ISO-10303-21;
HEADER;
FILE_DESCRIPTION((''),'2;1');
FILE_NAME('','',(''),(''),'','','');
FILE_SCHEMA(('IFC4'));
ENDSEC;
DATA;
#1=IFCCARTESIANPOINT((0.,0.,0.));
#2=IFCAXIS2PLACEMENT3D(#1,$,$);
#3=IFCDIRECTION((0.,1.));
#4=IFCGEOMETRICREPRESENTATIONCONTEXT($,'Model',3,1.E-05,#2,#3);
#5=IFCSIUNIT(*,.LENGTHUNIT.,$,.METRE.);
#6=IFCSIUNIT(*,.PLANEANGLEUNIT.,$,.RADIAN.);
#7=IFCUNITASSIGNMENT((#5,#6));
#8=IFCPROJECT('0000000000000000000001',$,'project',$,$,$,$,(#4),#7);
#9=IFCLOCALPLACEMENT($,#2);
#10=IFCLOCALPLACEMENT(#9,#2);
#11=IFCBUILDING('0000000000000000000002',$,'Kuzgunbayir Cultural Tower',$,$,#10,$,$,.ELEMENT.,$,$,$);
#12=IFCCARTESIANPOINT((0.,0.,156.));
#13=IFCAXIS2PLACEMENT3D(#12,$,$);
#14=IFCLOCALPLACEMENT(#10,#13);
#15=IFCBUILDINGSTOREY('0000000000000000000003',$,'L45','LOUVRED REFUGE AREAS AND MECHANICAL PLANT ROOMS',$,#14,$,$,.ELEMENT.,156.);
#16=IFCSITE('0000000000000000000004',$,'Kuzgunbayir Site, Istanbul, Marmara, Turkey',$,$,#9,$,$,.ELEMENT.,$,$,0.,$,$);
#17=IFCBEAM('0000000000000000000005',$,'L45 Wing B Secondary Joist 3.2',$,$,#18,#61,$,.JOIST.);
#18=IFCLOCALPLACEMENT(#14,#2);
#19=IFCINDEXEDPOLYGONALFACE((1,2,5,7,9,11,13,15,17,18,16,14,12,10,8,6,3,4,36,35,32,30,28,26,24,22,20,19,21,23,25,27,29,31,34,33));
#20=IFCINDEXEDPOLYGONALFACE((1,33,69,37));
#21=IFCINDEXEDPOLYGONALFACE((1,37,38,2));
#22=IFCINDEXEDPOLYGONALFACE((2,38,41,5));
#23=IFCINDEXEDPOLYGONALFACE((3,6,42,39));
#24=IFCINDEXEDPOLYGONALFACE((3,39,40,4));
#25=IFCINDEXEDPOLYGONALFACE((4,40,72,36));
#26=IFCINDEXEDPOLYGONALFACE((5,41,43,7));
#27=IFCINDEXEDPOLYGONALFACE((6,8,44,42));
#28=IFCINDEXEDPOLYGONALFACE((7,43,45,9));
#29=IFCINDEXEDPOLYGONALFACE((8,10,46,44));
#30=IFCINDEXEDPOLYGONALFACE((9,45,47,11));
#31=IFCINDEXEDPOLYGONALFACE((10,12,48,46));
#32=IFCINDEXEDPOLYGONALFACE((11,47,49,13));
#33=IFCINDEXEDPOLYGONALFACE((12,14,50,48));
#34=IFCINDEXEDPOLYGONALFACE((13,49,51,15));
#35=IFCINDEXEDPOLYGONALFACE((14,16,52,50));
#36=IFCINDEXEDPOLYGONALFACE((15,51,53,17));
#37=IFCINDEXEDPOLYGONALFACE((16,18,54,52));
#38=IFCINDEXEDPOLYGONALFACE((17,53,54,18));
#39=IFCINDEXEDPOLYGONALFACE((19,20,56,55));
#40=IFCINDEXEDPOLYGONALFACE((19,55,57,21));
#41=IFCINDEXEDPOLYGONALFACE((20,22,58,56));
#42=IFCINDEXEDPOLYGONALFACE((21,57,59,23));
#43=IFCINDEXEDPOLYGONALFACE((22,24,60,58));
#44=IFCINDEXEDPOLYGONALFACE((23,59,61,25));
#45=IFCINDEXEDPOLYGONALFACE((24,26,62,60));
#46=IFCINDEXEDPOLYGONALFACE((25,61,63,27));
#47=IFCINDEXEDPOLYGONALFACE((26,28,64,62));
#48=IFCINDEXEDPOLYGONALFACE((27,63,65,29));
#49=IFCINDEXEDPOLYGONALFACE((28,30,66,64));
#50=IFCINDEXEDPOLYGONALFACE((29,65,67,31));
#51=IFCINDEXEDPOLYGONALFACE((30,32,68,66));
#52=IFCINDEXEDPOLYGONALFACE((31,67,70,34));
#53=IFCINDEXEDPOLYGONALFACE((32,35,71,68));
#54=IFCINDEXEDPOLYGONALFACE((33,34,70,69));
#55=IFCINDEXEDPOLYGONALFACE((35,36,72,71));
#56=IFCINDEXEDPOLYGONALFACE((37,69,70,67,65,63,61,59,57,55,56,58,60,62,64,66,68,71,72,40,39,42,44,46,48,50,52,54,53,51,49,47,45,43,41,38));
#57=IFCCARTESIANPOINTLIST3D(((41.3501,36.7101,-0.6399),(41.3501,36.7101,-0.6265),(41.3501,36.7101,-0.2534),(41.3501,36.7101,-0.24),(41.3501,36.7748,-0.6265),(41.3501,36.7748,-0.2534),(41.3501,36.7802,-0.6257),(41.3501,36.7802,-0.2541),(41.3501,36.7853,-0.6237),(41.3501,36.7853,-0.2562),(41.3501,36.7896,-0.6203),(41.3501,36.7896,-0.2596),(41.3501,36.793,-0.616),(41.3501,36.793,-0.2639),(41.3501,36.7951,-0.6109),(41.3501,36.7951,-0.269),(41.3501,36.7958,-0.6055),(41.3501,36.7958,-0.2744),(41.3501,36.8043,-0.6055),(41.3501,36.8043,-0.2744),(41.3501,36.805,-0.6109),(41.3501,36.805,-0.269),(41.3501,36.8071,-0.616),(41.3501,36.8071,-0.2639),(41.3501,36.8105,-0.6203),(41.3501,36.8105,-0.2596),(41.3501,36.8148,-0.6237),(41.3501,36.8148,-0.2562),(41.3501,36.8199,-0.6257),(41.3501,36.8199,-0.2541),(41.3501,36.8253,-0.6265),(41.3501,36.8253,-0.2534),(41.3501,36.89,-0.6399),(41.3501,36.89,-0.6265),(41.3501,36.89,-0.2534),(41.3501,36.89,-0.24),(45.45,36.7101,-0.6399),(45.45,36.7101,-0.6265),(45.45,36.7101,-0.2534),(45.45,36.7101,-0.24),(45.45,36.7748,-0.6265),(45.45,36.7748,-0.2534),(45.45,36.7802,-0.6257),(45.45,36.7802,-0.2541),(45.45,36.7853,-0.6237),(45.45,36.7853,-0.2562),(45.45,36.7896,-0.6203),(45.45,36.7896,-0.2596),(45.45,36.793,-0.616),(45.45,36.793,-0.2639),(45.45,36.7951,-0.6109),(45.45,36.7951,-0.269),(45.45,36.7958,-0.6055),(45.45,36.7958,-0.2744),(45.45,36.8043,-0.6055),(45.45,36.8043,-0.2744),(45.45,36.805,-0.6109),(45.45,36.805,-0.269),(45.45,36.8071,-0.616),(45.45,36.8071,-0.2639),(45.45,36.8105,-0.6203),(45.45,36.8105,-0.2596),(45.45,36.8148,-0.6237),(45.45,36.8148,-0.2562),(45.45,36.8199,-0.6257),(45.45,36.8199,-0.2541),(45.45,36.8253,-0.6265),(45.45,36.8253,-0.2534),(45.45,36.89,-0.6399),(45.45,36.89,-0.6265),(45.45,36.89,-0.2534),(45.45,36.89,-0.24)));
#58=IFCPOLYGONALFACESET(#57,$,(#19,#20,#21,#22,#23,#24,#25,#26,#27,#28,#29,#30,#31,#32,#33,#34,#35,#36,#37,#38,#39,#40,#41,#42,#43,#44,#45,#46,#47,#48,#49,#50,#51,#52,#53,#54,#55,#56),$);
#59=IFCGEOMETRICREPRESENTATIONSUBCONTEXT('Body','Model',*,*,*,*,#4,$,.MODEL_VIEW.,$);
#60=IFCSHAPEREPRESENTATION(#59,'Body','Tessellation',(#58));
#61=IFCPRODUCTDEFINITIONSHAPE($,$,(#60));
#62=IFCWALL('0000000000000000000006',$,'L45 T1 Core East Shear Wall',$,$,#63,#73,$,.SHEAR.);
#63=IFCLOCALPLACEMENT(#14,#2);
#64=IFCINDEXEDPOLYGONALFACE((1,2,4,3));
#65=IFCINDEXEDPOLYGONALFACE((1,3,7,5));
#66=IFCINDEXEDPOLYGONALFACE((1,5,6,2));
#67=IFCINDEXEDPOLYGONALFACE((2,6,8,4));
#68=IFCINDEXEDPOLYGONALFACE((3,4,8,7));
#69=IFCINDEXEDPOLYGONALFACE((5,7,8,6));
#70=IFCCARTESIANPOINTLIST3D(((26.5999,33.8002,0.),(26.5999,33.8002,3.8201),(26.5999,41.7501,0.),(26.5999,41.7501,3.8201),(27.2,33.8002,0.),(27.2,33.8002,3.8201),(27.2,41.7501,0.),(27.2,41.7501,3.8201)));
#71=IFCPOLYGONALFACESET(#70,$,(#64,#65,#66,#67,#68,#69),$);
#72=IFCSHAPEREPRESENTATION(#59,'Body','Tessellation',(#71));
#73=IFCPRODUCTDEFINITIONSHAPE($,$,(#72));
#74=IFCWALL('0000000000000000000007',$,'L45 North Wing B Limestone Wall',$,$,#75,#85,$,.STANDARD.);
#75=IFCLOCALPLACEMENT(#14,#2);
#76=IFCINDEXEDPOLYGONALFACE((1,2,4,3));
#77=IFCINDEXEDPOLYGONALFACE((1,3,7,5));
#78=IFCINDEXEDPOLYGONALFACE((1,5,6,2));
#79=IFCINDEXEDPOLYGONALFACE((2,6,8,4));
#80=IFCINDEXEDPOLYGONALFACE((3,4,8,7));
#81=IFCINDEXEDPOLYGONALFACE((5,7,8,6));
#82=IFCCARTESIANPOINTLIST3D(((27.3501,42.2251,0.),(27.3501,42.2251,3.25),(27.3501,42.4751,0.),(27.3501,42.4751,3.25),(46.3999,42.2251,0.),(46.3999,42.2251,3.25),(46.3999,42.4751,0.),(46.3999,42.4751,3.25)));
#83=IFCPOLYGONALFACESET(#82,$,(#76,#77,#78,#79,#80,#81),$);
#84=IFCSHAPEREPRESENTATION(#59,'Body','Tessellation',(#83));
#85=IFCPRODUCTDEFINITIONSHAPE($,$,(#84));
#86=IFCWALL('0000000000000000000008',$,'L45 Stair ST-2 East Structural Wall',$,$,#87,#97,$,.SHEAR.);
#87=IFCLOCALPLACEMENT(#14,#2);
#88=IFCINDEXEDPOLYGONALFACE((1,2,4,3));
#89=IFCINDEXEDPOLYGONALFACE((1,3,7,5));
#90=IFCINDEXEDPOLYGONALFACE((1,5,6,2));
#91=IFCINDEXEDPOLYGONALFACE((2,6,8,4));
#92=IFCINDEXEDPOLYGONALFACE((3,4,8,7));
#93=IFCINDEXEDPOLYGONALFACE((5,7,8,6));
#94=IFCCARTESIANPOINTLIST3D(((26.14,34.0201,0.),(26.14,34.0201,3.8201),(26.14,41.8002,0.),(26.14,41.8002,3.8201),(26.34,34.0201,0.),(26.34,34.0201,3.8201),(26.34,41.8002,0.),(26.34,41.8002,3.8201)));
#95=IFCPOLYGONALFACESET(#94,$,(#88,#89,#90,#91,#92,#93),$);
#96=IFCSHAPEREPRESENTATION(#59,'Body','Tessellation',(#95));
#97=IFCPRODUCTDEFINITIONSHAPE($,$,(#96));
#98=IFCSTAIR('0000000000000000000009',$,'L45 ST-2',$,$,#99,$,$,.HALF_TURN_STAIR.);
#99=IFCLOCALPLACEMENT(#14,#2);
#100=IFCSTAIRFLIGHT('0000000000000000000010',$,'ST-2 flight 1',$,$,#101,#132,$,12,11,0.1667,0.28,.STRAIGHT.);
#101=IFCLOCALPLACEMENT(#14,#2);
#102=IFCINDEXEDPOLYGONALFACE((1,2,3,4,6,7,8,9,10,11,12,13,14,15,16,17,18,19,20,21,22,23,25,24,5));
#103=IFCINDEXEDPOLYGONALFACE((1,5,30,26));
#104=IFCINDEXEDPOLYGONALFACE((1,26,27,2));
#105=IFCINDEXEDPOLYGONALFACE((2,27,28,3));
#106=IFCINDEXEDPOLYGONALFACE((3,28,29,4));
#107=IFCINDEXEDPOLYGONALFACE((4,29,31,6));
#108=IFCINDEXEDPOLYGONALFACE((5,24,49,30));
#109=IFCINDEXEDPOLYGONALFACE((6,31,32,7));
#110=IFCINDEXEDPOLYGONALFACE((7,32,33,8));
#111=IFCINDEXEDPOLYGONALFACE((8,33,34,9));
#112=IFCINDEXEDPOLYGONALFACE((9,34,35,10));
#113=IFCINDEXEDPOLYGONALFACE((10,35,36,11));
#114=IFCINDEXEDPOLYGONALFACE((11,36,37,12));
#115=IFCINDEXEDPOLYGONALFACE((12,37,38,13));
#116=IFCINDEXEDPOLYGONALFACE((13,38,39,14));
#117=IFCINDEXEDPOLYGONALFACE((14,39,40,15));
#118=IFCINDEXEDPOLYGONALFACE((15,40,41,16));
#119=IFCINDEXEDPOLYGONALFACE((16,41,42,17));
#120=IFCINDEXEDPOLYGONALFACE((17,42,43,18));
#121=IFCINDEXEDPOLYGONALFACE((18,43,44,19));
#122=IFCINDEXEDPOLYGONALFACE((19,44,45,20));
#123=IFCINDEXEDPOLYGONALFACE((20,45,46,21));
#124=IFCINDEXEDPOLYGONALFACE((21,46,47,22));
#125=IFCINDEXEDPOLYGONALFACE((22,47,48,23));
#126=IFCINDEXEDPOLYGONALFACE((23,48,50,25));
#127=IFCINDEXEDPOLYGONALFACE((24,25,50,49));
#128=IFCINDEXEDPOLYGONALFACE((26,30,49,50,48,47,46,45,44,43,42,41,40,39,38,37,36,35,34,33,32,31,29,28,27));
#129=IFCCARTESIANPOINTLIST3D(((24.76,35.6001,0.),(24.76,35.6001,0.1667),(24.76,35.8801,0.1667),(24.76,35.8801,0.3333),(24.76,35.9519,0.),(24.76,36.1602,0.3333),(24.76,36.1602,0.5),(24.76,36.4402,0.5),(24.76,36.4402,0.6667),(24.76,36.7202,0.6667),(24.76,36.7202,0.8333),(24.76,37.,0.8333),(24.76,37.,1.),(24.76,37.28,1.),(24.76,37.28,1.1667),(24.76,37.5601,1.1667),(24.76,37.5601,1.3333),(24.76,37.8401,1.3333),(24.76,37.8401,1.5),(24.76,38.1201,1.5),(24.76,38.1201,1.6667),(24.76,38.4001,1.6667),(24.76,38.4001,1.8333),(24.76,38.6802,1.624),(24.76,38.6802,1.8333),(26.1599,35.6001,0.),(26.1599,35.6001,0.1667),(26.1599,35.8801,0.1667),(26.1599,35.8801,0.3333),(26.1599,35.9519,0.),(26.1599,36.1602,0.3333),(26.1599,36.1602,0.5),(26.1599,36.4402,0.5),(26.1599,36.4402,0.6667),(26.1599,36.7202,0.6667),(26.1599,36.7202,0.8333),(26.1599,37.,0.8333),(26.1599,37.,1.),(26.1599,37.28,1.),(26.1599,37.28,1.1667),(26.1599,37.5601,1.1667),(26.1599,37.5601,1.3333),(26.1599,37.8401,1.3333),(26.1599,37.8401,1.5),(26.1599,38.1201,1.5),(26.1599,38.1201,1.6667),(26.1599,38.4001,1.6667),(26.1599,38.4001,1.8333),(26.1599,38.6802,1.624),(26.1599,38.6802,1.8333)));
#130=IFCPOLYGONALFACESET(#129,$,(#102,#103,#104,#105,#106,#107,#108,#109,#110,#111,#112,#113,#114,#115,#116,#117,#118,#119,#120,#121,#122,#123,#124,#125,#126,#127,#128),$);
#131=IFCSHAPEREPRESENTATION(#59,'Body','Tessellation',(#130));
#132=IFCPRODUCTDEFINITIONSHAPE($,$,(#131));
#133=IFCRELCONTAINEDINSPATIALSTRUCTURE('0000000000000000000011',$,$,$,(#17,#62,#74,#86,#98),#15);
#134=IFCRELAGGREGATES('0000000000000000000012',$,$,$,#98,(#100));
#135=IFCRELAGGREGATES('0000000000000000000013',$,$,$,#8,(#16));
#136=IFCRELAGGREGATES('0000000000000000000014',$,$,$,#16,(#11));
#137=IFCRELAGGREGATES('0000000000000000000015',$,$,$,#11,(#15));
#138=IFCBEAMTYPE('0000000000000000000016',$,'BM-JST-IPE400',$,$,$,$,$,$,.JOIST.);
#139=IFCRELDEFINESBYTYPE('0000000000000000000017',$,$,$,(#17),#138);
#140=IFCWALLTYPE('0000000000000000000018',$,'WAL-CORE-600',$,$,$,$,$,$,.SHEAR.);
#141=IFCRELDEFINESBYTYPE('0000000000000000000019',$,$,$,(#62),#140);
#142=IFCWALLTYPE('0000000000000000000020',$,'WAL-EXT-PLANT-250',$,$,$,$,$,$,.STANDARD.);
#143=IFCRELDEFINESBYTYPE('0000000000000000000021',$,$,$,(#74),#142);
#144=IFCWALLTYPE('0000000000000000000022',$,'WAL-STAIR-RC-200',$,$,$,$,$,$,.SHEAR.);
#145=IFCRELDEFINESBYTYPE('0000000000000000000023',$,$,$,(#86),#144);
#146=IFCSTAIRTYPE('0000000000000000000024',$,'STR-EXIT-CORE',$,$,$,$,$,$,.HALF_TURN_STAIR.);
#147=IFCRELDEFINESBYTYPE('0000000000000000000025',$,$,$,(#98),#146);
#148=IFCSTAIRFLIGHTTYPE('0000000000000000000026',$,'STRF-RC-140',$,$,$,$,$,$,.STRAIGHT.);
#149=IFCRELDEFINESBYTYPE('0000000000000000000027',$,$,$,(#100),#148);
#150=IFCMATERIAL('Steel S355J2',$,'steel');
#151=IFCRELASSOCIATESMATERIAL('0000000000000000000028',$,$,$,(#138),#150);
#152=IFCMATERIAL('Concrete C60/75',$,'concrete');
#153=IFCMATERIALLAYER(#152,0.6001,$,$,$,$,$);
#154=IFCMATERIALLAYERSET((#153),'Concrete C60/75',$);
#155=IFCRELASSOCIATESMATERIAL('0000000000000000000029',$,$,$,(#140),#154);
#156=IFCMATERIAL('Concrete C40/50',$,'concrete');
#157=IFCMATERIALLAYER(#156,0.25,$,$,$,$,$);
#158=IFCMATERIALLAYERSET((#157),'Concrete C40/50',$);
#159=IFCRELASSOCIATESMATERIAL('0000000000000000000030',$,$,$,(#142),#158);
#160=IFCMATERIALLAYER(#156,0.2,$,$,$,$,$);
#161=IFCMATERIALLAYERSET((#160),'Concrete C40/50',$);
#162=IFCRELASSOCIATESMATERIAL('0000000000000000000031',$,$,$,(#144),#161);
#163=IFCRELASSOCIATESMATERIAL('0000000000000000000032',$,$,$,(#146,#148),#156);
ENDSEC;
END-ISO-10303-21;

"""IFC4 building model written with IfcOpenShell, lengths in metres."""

from ifc_helpers import new_model, si_unit, direction, frame, frame_2d, origin, origin_2d, place, context, subcontext, project, spatial, polyline, rectangle, i_section, outline, extrude, material, layer, layer_set, material_profile, profile_set, type_object, element, aggregate, save


model = new_model("IFC4")

# Units and contexts
model_context = context("Model", 3, precision=1e-05, world=origin(), true_north=direction((0.0, 1.0)))
body_context = subcontext(model_context, "Body", "Model", "MODEL_VIEW")
ifc_project = project(units=[si_unit("LENGTHUNIT", "METRE"), si_unit("PLANEANGLEUNIT", "RADIAN")], contexts=[model_context])

# Site, building, storey
site_placement = place(None, origin())
site = spatial("IfcSite", under=ifc_project, at=site_placement, Name="Kuzgunbayir Site, Istanbul, Marmara, Turkey", CompositionType="ELEMENT", RefElevation=0.0)
building_placement = place(site_placement, origin())
building = spatial("IfcBuilding", under=site, at=building_placement, Name="Kuzgunbayir Cultural Tower", CompositionType="ELEMENT")
storey_placement = place(building_placement, frame((0.0, 0.0, 156.0)))
storey = spatial("IfcBuildingStorey", under=building, at=storey_placement, Name="L45", Description="LOUVRED REFUGE AREAS AND MECHANICAL PLANT ROOMS", CompositionType="ELEMENT", Elevation=156.0)

# Beam
ifc_material_1 = material(Name="Steel S355J2", Category="steel")
ifc_material_profile_1 = material_profile(ifc_material_1, i_section(OverallWidth=0.1799, OverallDepth=0.3999, WebThickness=0.0085, FlangeThickness=0.0134, FilletRadius=0.021, at=origin_2d()), Name="IPE 400")
ifc_profile_set_1 = profile_set([ifc_material_profile_1], Name="Steel S355J2")
beam_type_1 = type_object("IfcBeamType", Name="BM-JST-IPE400", PredefinedType="JOIST", material=ifc_profile_set_1)
for number, where, z_axis, x_axis, name in (
    (1, (41.3501, 36.8, -0.4399), (1.0, 0.0, 0.0), (0.0, 1.0, 0.0), "L45 Wing B Secondary Joist 3.2"),
):
    element("IfcBeam", number, at=place(storey_placement, frame(where, z_axis=z_axis, x_axis=x_axis)), inside=storey, type_object=beam_type_1, Name=name, PredefinedType="JOIST", context=body_context, shape_type="SweptSolid", body=[
        extrude(i_section(OverallWidth=0.1799, OverallDepth=0.3999, WebThickness=0.0085, FlangeThickness=0.0134, FilletRadius=0.021, at=origin_2d()), origin(), (0.0, 0.0, 1.0), 4.0999),
    ])

# Walls
ifc_material_2 = material(Name="Concrete C60/75", Category="concrete")
ifc_layer_1 = layer(ifc_material_2, 0.6001)
ifc_layer_set_1 = layer_set([ifc_layer_1], Name="Concrete C60/75")
wall_type_1 = type_object("IfcWallType", Name="WAL-CORE-600", PredefinedType="SHEAR", material=ifc_layer_set_1)
wall_1_placement = place(storey_placement, frame((26.8999, 33.8, 0.0), z_axis=(0.0, 0.0, 1.0), x_axis=(0.0, 1.0, 0.0)))
element("IfcWall", 2, at=wall_1_placement, inside=storey, type_object=wall_type_1, Name="L45 T1 Core East Shear Wall", PredefinedType="SHEAR", context=body_context, shape_type="SweptSolid", body=[
    extrude(rectangle(XDim=7.95, YDim=0.6001, at=frame_2d((3.9751, 0.0))), origin(), (0.0, 0.0, 1.0), 3.8201),
])
ifc_material_3 = material(Name="Concrete C40/50", Category="concrete")
ifc_layer_2 = layer(ifc_material_3, 0.25)
ifc_layer_set_2 = layer_set([ifc_layer_2], Name="Concrete C40/50")
wall_type_2 = type_object("IfcWallType", Name="WAL-EXT-PLANT-250", PredefinedType="STANDARD", material=ifc_layer_set_2)
wall_2_placement = place(storey_placement, frame((46.3999, 42.3501, 0.0), z_axis=(0.0, 0.0, 1.0), x_axis=(-1.0, 0.0, 0.0)))
element("IfcWall", 3, at=wall_2_placement, inside=storey, type_object=wall_type_2, Name="L45 North Wing B Limestone Wall", PredefinedType="STANDARD", context=body_context, shape_type="SweptSolid", body=[
    extrude(rectangle(XDim=19.0498, YDim=0.25, at=frame_2d((9.5249, 0.0))), origin(), (0.0, 0.0, 1.0), 3.25),
])
ifc_layer_3 = layer(ifc_material_3, 0.2)
ifc_layer_set_3 = layer_set([ifc_layer_3], Name="Concrete C40/50")
wall_type_3 = type_object("IfcWallType", Name="WAL-STAIR-RC-200", PredefinedType="SHEAR", material=ifc_layer_set_3)
wall_3_placement = place(storey_placement, frame((26.24, 34.02, 0.0), z_axis=(0.0, 0.0, 1.0), x_axis=(0.0, 1.0, 0.0)))
element("IfcWall", 4, at=wall_3_placement, inside=storey, type_object=wall_type_3, Name="L45 Stair ST-2 East Structural Wall", PredefinedType="SHEAR", context=body_context, shape_type="SweptSolid", body=[
    extrude(rectangle(XDim=7.78, YDim=0.2, at=frame_2d((3.8901, 0.0))), origin(), (0.0, 0.0, 1.0), 3.8201),
])

# Stair, stair flight
stair_type = type_object("IfcStairType", Name="STR-EXIT-CORE", PredefinedType="HALF_TURN_STAIR", material=ifc_material_3)
stair_placement = place(storey_placement, origin())
stair = element("IfcStair", 5, at=stair_placement, inside=storey, type_object=stair_type, Name="L45 ST-2", PredefinedType="HALF_TURN_STAIR")
stair_flight_type = type_object("IfcStairFlightType", Name="STRF-RC-140", PredefinedType="STRAIGHT", material=ifc_material_3)
stair_flight_placement = place(storey_placement, frame((25.46, 35.6001, 0.0), z_axis=(0.0, 0.0, 1.0), x_axis=(0.0, 1.0, 0.0)))
stair_flight = element("IfcStairFlight", 6, at=stair_flight_placement, type_object=stair_flight_type, Name="ST-2 flight 1", NumberOfRisers=12, NumberOfTreads=11, PredefinedType="STRAIGHT", RiserHeight=0.1667, TreadLength=0.28, context=body_context, shape_type="SweptSolid", body=[
    extrude(outline(polyline([(0.0, 0.0), (0.0, 0.1667), (0.28, 0.1667), (0.28, 0.3333), (0.5601, 0.3333), (0.5601, 0.5), (0.8401, 0.5), (0.8401, 0.6667), (1.1201, 0.6667), (1.1201, 0.8333), (1.3999, 0.8333), (1.3999, 1.0), (1.6799, 1.0), (1.6799, 1.1667), (1.96, 1.1667), (1.96, 1.3333), (2.24, 1.3333), (2.24, 1.5), (2.52, 1.5), (2.52, 1.6667), (2.8, 1.6667), (2.8, 1.8333), (3.0801, 1.8333), (3.0801, 2.0), (3.0801, 1.624), (0.3518, 0.0), (0.0, 0.0)])), frame((0.0, 0.7, 0.0), z_axis=(0.0, -1.0, 0.0), x_axis=(1.0, 0.0, 0.0)), (0.0, 0.0, 1.0), 1.3999),
])
aggregate(stair, [stair_flight])

save(model, "model.ifc")
